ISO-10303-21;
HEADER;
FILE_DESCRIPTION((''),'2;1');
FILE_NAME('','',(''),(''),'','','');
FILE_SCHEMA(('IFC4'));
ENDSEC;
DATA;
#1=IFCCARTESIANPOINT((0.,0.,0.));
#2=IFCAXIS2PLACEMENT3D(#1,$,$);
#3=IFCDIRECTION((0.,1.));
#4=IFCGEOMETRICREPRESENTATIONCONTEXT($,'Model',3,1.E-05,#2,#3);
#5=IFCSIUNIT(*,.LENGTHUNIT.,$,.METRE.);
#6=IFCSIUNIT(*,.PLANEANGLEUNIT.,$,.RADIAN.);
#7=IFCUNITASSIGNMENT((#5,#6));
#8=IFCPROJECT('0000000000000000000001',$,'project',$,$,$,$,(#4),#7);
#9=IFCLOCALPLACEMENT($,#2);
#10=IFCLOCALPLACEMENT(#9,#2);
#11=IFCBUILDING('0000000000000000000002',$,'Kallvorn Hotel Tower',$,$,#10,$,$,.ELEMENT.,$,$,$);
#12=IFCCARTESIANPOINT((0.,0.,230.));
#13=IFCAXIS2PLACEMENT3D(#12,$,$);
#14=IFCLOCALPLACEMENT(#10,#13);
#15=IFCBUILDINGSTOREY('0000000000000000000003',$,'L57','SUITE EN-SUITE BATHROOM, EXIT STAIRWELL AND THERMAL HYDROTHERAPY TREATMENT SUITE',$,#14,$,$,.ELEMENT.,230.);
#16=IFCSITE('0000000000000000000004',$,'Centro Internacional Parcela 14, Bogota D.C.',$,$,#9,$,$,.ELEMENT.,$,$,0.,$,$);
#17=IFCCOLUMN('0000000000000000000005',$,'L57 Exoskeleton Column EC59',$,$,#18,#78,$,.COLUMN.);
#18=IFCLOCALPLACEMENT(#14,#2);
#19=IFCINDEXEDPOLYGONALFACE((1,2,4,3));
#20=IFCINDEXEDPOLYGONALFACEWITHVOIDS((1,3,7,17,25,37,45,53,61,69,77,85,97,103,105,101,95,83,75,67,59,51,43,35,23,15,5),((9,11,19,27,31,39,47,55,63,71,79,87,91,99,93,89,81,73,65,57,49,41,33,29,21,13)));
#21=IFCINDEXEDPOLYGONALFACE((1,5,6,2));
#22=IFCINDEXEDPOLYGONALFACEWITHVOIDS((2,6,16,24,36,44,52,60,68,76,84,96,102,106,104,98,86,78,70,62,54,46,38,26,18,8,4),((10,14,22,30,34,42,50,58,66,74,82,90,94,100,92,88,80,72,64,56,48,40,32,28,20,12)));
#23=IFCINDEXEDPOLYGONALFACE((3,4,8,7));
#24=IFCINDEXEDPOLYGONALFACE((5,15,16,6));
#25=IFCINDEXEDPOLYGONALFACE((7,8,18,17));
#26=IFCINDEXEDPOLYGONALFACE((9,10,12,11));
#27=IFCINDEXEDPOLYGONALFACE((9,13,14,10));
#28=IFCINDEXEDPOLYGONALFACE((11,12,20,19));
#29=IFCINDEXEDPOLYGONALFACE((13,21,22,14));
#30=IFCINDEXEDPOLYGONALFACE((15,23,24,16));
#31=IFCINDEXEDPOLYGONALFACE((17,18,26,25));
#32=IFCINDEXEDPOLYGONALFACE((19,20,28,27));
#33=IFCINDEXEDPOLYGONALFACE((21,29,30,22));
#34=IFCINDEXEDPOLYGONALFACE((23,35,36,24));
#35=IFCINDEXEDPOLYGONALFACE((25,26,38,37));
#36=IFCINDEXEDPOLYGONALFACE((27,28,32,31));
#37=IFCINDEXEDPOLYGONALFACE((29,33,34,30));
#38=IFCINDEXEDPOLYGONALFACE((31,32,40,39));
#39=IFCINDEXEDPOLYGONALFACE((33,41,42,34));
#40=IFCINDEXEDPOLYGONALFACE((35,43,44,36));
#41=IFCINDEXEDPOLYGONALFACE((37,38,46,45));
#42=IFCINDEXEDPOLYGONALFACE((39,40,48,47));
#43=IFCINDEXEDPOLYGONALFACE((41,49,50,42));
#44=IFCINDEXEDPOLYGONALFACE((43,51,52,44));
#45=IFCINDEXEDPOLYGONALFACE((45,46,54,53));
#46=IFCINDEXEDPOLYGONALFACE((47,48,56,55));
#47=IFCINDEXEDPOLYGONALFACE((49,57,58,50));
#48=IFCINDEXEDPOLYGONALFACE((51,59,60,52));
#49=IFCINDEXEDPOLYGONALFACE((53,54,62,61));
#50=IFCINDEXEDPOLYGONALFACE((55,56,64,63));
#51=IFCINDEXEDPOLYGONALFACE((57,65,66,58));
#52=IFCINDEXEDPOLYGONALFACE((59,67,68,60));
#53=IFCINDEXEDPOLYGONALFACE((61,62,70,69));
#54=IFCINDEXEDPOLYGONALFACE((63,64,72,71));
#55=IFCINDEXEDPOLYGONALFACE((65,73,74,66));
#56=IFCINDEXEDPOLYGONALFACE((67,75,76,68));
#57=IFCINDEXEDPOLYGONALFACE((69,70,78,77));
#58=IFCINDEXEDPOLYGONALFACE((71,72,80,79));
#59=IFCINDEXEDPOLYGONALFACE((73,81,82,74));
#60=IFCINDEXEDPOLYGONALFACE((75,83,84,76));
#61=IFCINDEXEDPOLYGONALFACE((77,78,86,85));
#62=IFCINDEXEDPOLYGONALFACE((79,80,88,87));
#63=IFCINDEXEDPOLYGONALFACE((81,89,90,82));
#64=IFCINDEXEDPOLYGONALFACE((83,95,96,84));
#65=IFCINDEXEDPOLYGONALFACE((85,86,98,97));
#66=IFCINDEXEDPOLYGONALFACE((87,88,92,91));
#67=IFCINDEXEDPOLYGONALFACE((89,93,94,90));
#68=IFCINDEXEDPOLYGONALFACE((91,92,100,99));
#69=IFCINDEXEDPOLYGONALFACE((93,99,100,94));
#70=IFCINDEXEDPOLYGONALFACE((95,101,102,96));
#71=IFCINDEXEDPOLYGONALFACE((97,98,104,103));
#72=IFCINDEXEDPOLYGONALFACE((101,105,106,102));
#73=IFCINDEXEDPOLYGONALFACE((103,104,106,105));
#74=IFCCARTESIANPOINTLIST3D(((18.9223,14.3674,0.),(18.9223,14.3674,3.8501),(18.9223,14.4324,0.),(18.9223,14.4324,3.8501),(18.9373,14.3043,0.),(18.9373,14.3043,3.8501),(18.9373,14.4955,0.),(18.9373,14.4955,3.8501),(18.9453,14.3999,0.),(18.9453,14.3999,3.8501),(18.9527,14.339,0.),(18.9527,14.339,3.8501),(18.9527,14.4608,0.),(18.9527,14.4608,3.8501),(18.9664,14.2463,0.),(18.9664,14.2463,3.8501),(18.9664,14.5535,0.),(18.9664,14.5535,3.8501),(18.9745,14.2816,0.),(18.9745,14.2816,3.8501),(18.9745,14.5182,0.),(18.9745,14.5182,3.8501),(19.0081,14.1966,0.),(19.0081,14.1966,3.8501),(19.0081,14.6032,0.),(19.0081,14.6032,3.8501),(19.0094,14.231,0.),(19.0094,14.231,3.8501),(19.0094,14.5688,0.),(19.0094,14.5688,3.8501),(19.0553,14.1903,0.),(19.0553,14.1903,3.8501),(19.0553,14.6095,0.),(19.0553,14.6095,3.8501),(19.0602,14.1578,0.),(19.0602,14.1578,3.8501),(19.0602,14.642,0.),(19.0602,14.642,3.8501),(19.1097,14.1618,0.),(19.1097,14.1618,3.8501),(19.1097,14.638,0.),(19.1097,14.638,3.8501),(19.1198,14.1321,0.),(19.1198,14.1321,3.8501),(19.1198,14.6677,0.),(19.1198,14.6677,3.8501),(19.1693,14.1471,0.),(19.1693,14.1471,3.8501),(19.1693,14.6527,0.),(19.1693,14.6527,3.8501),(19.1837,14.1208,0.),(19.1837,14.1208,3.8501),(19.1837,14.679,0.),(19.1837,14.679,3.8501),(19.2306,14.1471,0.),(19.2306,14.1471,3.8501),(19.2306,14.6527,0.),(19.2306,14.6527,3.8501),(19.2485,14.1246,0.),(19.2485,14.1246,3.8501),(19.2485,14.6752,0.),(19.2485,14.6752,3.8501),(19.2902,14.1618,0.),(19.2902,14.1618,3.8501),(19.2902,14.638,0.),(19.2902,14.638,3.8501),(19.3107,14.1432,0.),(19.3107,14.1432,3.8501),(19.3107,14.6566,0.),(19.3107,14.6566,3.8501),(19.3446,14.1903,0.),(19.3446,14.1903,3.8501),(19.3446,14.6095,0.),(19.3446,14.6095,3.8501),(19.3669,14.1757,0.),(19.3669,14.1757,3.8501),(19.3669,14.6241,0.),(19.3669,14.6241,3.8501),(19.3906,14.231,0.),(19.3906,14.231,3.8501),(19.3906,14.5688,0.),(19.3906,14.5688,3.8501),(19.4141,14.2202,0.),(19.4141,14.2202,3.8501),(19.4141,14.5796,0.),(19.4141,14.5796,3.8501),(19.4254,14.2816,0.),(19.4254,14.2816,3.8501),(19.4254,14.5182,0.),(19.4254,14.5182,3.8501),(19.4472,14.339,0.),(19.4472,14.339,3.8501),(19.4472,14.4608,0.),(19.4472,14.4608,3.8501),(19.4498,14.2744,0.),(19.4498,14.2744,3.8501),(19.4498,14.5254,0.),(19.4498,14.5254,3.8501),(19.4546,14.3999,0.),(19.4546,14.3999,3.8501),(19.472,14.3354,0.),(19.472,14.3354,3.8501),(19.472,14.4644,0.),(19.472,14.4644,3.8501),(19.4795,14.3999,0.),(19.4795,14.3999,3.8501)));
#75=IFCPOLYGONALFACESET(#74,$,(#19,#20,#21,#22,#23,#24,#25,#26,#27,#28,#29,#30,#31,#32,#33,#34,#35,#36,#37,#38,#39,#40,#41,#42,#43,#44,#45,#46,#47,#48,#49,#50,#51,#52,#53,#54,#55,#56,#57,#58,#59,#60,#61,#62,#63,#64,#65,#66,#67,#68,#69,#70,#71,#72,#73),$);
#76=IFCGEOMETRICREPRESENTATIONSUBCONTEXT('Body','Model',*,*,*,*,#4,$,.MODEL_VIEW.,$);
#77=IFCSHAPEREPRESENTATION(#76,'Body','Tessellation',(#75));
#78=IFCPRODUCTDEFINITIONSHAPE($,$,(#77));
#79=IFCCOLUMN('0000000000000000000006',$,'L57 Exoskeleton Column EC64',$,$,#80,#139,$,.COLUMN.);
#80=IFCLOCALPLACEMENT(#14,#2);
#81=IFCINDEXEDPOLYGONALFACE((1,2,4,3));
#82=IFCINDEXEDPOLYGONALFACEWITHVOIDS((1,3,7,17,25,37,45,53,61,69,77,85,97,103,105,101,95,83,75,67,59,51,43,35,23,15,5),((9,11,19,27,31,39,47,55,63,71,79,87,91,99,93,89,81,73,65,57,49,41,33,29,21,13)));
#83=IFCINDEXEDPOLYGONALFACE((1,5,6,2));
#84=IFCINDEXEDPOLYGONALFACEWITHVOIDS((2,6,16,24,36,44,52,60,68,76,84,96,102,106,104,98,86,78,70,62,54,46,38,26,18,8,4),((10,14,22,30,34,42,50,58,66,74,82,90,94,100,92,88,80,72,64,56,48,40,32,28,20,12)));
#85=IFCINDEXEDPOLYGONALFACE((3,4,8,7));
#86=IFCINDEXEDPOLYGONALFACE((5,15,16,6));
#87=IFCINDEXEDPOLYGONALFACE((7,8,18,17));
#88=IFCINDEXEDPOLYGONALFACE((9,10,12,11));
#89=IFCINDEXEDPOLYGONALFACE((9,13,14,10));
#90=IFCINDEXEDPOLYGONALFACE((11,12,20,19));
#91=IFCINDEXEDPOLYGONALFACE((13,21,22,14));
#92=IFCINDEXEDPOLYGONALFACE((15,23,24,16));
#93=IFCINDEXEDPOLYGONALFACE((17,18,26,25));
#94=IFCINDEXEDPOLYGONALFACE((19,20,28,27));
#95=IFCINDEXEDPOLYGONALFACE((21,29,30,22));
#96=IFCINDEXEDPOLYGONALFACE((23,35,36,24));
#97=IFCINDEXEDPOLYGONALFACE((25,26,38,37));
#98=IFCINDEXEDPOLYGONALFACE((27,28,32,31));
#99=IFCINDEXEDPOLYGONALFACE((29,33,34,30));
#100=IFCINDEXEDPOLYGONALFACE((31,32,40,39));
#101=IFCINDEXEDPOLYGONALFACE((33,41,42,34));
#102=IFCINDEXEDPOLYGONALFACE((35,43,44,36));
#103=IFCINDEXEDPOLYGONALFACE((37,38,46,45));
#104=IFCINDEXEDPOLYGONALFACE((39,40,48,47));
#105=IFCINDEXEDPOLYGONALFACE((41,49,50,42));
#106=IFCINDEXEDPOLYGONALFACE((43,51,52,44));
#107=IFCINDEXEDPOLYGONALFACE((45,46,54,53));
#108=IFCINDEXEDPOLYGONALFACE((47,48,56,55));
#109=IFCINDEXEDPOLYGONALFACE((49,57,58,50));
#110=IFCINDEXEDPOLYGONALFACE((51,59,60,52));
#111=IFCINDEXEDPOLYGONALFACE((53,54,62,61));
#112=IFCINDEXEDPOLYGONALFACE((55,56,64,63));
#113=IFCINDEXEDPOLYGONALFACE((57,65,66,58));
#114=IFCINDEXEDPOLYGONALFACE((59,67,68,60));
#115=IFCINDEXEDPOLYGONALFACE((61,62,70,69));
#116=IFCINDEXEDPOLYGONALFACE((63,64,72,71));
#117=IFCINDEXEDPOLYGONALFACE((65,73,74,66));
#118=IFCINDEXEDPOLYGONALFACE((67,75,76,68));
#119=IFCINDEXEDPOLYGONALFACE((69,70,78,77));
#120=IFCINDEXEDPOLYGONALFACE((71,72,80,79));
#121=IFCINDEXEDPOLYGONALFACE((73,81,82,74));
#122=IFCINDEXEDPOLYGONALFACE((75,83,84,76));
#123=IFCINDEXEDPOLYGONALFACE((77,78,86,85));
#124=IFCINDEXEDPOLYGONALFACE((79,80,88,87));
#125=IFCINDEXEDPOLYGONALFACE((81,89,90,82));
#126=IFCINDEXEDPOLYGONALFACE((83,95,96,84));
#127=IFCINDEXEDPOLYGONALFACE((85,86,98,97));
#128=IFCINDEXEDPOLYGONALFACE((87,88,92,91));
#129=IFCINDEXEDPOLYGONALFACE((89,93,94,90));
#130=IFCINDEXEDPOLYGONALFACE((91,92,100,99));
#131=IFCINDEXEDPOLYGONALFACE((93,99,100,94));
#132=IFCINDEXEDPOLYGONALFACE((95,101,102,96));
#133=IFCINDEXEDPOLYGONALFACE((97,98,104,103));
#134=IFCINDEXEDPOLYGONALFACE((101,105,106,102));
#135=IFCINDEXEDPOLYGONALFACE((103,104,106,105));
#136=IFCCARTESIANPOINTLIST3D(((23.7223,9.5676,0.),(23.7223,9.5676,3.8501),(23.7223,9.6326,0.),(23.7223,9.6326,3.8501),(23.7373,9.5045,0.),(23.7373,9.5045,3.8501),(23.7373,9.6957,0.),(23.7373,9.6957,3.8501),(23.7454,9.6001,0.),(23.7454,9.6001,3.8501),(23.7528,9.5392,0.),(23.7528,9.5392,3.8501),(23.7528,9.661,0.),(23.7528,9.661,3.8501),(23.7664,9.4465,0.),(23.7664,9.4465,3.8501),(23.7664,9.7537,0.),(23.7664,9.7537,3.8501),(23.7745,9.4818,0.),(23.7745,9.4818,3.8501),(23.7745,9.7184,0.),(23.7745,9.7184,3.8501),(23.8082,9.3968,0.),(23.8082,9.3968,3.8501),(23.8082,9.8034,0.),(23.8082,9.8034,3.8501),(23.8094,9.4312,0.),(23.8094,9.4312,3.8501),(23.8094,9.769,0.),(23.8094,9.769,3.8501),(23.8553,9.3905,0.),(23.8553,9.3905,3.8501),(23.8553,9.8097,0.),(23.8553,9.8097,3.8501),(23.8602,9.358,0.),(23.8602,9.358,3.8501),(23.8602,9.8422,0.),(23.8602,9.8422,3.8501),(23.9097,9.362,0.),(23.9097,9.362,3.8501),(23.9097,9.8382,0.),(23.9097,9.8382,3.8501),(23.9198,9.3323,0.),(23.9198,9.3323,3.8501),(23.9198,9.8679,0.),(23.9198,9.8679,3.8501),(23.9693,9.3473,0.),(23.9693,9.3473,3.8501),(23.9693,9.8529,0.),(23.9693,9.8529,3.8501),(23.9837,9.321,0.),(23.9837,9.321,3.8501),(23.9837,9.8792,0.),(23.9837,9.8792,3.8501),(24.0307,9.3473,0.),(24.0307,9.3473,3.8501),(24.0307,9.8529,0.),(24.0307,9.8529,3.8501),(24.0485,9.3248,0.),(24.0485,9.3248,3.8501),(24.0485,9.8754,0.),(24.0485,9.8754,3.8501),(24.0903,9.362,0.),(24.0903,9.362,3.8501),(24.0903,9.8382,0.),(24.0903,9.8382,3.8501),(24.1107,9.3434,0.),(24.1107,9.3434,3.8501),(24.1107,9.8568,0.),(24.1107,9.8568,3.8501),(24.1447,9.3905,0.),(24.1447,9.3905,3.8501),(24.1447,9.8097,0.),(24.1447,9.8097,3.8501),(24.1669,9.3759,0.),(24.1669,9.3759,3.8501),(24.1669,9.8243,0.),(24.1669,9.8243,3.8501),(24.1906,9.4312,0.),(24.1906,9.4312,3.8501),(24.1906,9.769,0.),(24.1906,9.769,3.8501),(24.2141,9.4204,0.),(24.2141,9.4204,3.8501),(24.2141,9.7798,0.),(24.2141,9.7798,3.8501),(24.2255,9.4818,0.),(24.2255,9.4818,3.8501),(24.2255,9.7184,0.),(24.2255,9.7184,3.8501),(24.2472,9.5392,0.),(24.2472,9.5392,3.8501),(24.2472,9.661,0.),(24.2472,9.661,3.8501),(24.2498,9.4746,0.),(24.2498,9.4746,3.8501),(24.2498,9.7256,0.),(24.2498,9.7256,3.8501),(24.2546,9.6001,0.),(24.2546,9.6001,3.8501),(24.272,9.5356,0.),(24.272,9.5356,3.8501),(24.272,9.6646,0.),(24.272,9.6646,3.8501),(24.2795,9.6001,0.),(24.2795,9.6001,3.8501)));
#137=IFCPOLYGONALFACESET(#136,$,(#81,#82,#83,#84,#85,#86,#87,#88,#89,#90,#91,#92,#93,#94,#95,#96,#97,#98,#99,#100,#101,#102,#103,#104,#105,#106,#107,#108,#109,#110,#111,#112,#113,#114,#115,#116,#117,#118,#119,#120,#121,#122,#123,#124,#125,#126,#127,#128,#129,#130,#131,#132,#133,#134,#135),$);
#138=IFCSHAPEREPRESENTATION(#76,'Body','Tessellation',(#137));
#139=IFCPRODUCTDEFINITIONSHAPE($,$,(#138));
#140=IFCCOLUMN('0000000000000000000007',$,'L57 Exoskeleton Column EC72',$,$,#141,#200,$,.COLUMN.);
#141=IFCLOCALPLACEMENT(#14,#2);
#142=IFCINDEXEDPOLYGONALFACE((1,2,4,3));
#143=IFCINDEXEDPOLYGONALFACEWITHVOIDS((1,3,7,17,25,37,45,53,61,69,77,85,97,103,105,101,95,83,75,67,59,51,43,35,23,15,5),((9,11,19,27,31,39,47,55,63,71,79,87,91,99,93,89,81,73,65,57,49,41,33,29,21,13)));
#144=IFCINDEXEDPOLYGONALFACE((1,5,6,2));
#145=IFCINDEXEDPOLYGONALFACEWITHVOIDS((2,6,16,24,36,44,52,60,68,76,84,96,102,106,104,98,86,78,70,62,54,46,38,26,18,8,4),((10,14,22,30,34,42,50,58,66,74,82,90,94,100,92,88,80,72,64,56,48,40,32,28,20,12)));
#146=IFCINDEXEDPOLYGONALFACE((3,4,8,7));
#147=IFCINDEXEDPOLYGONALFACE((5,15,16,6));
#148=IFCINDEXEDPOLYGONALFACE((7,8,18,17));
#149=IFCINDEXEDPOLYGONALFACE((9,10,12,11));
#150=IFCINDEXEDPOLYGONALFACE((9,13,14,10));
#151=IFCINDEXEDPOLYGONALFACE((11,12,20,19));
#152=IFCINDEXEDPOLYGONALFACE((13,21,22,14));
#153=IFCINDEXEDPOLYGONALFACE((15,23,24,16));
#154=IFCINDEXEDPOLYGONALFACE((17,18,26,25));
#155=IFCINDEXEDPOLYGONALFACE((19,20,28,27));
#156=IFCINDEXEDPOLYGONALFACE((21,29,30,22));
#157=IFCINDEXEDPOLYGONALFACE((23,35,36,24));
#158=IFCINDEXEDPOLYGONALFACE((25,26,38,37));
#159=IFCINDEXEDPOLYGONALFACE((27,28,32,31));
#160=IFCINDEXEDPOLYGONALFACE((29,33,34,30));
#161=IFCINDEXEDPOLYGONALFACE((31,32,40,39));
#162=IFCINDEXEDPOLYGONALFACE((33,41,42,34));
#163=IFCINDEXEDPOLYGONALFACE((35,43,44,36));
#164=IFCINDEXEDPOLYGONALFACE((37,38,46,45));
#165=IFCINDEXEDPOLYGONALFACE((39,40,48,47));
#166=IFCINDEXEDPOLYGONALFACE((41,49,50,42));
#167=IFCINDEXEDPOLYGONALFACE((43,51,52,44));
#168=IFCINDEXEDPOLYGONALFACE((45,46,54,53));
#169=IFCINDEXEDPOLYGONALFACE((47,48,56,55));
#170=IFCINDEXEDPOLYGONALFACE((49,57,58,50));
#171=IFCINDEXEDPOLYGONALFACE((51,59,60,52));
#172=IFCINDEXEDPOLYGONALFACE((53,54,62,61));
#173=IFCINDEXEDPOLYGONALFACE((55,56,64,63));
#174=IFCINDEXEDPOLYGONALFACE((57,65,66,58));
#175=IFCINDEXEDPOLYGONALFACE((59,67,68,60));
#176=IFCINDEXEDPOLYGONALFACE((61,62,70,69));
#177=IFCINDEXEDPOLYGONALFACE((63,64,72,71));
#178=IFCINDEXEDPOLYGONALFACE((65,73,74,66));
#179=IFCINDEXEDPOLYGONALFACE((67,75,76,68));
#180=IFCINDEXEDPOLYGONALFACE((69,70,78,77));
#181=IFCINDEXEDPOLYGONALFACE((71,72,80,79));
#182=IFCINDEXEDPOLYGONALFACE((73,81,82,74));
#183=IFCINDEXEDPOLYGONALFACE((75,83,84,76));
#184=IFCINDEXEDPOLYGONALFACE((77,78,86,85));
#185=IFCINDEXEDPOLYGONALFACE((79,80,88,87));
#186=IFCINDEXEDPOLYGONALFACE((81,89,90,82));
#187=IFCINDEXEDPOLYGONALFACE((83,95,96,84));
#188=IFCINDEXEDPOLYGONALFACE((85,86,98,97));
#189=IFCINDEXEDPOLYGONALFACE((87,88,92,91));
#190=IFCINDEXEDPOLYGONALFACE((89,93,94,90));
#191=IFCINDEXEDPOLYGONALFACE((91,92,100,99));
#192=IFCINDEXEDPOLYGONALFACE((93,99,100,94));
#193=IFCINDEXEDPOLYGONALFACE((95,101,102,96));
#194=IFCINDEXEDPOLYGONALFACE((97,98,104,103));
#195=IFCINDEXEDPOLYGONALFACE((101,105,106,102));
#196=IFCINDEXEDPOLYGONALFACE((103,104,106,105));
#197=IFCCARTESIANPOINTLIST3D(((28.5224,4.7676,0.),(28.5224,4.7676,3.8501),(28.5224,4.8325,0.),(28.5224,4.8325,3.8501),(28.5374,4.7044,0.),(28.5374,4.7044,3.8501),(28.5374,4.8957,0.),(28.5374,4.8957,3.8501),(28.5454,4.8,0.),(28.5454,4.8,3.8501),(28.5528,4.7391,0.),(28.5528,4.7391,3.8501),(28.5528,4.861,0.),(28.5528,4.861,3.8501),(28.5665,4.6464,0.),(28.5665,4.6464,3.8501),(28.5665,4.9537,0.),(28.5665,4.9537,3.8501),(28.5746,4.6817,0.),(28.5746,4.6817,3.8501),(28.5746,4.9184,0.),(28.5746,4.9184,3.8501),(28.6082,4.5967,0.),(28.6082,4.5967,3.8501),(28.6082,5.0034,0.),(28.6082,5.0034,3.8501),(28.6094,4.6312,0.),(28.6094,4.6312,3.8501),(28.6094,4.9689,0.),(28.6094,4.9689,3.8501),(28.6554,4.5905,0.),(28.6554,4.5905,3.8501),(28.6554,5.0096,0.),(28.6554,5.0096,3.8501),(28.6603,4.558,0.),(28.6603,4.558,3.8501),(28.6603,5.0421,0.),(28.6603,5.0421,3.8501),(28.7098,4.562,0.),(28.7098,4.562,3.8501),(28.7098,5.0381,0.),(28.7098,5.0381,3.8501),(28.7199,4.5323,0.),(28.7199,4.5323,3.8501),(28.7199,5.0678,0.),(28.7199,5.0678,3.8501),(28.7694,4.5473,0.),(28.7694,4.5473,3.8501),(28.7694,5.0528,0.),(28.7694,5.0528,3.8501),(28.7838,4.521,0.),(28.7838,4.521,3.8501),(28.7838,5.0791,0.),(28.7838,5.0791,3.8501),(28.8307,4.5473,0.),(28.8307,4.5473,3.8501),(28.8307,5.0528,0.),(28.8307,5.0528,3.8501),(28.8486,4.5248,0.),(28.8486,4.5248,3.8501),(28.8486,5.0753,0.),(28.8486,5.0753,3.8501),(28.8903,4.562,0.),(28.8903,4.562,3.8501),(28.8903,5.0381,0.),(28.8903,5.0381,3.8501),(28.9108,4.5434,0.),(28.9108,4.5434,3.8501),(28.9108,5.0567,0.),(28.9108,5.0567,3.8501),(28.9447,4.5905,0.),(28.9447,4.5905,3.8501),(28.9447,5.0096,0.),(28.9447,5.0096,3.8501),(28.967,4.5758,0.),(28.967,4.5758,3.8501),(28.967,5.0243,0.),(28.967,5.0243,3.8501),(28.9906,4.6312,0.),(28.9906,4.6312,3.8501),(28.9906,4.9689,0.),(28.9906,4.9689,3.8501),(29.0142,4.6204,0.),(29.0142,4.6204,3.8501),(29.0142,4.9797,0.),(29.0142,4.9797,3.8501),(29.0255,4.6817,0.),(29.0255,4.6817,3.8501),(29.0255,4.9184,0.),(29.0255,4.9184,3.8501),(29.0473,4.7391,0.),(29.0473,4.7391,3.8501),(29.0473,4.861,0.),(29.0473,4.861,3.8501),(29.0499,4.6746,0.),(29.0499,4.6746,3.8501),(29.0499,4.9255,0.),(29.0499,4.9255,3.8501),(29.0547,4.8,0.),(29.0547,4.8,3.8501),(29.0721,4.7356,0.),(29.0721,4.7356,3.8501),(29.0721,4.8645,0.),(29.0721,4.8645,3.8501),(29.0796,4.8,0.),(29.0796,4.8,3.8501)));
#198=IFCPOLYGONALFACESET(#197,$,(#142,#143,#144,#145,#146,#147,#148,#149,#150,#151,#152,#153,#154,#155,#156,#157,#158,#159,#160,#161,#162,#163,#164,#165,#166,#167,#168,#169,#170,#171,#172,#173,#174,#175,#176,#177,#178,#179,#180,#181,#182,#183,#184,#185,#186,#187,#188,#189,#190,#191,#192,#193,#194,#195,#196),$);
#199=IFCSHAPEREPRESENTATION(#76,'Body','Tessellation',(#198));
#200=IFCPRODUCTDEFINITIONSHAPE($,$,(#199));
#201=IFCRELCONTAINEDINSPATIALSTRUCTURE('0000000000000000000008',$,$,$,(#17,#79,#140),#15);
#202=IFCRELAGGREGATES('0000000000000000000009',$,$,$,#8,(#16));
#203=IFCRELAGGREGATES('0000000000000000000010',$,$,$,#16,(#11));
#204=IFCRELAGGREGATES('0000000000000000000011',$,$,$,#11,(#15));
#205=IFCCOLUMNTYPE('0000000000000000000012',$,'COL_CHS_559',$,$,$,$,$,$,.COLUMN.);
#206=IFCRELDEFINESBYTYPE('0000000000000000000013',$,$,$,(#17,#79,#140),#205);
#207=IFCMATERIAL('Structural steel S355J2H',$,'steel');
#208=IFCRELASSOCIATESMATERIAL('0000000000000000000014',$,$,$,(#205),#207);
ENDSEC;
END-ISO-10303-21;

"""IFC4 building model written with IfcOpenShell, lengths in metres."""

from ifc_helpers import new_model, si_unit, direction, frame, origin, origin_2d, place, context, subcontext, project, spatial, hollow_circle, extrude, material, material_profile, profile_set, type_object, element, save


model = new_model("IFC4")

# Units and contexts
model_context = context("Model", 3, precision=1e-05, world=origin(), true_north=direction((0.0, 1.0)))
body_context = subcontext(model_context, "Body", "Model", "MODEL_VIEW")
ifc_project = project(units=[si_unit("LENGTHUNIT", "METRE"), si_unit("PLANEANGLEUNIT", "RADIAN")], contexts=[model_context])

# Site, building, storey
site_placement = place(None, origin())
site = spatial("IfcSite", under=ifc_project, at=site_placement, Name="Centro Internacional Parcela 14, Bogota D.C.", CompositionType="ELEMENT", RefElevation=0.0)
building_placement = place(site_placement, origin())
building = spatial("IfcBuilding", under=site, at=building_placement, Name="Kallvorn Hotel Tower", CompositionType="ELEMENT")
storey_placement = place(building_placement, frame((0.0, 0.0, 230.0)))
storey = spatial("IfcBuildingStorey", under=building, at=storey_placement, Name="L57", Description="SUITE EN-SUITE BATHROOM, EXIT STAIRWELL AND THERMAL HYDROTHERAPY TREATMENT SUITE", CompositionType="ELEMENT", Elevation=230.0)

# Columns
ifc_material_1 = material(Name="Structural steel S355J2H", Category="steel")
ifc_material_profile_1 = material_profile(ifc_material_1, hollow_circle(Radius=0.2795, WallThickness=0.0249, at=origin_2d()), Name="CHS 559x25")
ifc_profile_set_1 = profile_set([ifc_material_profile_1], Name="Structural steel S355J2H")
column_type_1 = type_object("IfcColumnType", Name="COL_CHS_559", PredefinedType="COLUMN", material=ifc_profile_set_1)
for number, where, z_axis, x_axis, name in (
    (1, (19.2, 14.3999, 0.0), (0.0, 0.0, 1.0), (1.0, 0.0, 0.0), "L57 Exoskeleton Column EC59"),
    (2, (24.0, 9.6001, 0.0), (0.0, 0.0, 1.0), (1.0, 0.0, 0.0), "L57 Exoskeleton Column EC64"),
    (3, (28.8, 4.8, 0.0), (0.0, 0.0, 1.0), (1.0, 0.0, 0.0), "L57 Exoskeleton Column EC72"),
):
    element("IfcColumn", number, at=place(storey_placement, frame(where, z_axis=z_axis, x_axis=x_axis)), inside=storey, type_object=column_type_1, Name=name, PredefinedType="COLUMN", context=body_context, shape_type="SweptSolid", body=[
        extrude(hollow_circle(Radius=0.2795, WallThickness=0.0249, at=origin_2d()), origin(), (0.0, 0.0, 1.0), 3.8501),
    ])

save(model, "model.ifc")
